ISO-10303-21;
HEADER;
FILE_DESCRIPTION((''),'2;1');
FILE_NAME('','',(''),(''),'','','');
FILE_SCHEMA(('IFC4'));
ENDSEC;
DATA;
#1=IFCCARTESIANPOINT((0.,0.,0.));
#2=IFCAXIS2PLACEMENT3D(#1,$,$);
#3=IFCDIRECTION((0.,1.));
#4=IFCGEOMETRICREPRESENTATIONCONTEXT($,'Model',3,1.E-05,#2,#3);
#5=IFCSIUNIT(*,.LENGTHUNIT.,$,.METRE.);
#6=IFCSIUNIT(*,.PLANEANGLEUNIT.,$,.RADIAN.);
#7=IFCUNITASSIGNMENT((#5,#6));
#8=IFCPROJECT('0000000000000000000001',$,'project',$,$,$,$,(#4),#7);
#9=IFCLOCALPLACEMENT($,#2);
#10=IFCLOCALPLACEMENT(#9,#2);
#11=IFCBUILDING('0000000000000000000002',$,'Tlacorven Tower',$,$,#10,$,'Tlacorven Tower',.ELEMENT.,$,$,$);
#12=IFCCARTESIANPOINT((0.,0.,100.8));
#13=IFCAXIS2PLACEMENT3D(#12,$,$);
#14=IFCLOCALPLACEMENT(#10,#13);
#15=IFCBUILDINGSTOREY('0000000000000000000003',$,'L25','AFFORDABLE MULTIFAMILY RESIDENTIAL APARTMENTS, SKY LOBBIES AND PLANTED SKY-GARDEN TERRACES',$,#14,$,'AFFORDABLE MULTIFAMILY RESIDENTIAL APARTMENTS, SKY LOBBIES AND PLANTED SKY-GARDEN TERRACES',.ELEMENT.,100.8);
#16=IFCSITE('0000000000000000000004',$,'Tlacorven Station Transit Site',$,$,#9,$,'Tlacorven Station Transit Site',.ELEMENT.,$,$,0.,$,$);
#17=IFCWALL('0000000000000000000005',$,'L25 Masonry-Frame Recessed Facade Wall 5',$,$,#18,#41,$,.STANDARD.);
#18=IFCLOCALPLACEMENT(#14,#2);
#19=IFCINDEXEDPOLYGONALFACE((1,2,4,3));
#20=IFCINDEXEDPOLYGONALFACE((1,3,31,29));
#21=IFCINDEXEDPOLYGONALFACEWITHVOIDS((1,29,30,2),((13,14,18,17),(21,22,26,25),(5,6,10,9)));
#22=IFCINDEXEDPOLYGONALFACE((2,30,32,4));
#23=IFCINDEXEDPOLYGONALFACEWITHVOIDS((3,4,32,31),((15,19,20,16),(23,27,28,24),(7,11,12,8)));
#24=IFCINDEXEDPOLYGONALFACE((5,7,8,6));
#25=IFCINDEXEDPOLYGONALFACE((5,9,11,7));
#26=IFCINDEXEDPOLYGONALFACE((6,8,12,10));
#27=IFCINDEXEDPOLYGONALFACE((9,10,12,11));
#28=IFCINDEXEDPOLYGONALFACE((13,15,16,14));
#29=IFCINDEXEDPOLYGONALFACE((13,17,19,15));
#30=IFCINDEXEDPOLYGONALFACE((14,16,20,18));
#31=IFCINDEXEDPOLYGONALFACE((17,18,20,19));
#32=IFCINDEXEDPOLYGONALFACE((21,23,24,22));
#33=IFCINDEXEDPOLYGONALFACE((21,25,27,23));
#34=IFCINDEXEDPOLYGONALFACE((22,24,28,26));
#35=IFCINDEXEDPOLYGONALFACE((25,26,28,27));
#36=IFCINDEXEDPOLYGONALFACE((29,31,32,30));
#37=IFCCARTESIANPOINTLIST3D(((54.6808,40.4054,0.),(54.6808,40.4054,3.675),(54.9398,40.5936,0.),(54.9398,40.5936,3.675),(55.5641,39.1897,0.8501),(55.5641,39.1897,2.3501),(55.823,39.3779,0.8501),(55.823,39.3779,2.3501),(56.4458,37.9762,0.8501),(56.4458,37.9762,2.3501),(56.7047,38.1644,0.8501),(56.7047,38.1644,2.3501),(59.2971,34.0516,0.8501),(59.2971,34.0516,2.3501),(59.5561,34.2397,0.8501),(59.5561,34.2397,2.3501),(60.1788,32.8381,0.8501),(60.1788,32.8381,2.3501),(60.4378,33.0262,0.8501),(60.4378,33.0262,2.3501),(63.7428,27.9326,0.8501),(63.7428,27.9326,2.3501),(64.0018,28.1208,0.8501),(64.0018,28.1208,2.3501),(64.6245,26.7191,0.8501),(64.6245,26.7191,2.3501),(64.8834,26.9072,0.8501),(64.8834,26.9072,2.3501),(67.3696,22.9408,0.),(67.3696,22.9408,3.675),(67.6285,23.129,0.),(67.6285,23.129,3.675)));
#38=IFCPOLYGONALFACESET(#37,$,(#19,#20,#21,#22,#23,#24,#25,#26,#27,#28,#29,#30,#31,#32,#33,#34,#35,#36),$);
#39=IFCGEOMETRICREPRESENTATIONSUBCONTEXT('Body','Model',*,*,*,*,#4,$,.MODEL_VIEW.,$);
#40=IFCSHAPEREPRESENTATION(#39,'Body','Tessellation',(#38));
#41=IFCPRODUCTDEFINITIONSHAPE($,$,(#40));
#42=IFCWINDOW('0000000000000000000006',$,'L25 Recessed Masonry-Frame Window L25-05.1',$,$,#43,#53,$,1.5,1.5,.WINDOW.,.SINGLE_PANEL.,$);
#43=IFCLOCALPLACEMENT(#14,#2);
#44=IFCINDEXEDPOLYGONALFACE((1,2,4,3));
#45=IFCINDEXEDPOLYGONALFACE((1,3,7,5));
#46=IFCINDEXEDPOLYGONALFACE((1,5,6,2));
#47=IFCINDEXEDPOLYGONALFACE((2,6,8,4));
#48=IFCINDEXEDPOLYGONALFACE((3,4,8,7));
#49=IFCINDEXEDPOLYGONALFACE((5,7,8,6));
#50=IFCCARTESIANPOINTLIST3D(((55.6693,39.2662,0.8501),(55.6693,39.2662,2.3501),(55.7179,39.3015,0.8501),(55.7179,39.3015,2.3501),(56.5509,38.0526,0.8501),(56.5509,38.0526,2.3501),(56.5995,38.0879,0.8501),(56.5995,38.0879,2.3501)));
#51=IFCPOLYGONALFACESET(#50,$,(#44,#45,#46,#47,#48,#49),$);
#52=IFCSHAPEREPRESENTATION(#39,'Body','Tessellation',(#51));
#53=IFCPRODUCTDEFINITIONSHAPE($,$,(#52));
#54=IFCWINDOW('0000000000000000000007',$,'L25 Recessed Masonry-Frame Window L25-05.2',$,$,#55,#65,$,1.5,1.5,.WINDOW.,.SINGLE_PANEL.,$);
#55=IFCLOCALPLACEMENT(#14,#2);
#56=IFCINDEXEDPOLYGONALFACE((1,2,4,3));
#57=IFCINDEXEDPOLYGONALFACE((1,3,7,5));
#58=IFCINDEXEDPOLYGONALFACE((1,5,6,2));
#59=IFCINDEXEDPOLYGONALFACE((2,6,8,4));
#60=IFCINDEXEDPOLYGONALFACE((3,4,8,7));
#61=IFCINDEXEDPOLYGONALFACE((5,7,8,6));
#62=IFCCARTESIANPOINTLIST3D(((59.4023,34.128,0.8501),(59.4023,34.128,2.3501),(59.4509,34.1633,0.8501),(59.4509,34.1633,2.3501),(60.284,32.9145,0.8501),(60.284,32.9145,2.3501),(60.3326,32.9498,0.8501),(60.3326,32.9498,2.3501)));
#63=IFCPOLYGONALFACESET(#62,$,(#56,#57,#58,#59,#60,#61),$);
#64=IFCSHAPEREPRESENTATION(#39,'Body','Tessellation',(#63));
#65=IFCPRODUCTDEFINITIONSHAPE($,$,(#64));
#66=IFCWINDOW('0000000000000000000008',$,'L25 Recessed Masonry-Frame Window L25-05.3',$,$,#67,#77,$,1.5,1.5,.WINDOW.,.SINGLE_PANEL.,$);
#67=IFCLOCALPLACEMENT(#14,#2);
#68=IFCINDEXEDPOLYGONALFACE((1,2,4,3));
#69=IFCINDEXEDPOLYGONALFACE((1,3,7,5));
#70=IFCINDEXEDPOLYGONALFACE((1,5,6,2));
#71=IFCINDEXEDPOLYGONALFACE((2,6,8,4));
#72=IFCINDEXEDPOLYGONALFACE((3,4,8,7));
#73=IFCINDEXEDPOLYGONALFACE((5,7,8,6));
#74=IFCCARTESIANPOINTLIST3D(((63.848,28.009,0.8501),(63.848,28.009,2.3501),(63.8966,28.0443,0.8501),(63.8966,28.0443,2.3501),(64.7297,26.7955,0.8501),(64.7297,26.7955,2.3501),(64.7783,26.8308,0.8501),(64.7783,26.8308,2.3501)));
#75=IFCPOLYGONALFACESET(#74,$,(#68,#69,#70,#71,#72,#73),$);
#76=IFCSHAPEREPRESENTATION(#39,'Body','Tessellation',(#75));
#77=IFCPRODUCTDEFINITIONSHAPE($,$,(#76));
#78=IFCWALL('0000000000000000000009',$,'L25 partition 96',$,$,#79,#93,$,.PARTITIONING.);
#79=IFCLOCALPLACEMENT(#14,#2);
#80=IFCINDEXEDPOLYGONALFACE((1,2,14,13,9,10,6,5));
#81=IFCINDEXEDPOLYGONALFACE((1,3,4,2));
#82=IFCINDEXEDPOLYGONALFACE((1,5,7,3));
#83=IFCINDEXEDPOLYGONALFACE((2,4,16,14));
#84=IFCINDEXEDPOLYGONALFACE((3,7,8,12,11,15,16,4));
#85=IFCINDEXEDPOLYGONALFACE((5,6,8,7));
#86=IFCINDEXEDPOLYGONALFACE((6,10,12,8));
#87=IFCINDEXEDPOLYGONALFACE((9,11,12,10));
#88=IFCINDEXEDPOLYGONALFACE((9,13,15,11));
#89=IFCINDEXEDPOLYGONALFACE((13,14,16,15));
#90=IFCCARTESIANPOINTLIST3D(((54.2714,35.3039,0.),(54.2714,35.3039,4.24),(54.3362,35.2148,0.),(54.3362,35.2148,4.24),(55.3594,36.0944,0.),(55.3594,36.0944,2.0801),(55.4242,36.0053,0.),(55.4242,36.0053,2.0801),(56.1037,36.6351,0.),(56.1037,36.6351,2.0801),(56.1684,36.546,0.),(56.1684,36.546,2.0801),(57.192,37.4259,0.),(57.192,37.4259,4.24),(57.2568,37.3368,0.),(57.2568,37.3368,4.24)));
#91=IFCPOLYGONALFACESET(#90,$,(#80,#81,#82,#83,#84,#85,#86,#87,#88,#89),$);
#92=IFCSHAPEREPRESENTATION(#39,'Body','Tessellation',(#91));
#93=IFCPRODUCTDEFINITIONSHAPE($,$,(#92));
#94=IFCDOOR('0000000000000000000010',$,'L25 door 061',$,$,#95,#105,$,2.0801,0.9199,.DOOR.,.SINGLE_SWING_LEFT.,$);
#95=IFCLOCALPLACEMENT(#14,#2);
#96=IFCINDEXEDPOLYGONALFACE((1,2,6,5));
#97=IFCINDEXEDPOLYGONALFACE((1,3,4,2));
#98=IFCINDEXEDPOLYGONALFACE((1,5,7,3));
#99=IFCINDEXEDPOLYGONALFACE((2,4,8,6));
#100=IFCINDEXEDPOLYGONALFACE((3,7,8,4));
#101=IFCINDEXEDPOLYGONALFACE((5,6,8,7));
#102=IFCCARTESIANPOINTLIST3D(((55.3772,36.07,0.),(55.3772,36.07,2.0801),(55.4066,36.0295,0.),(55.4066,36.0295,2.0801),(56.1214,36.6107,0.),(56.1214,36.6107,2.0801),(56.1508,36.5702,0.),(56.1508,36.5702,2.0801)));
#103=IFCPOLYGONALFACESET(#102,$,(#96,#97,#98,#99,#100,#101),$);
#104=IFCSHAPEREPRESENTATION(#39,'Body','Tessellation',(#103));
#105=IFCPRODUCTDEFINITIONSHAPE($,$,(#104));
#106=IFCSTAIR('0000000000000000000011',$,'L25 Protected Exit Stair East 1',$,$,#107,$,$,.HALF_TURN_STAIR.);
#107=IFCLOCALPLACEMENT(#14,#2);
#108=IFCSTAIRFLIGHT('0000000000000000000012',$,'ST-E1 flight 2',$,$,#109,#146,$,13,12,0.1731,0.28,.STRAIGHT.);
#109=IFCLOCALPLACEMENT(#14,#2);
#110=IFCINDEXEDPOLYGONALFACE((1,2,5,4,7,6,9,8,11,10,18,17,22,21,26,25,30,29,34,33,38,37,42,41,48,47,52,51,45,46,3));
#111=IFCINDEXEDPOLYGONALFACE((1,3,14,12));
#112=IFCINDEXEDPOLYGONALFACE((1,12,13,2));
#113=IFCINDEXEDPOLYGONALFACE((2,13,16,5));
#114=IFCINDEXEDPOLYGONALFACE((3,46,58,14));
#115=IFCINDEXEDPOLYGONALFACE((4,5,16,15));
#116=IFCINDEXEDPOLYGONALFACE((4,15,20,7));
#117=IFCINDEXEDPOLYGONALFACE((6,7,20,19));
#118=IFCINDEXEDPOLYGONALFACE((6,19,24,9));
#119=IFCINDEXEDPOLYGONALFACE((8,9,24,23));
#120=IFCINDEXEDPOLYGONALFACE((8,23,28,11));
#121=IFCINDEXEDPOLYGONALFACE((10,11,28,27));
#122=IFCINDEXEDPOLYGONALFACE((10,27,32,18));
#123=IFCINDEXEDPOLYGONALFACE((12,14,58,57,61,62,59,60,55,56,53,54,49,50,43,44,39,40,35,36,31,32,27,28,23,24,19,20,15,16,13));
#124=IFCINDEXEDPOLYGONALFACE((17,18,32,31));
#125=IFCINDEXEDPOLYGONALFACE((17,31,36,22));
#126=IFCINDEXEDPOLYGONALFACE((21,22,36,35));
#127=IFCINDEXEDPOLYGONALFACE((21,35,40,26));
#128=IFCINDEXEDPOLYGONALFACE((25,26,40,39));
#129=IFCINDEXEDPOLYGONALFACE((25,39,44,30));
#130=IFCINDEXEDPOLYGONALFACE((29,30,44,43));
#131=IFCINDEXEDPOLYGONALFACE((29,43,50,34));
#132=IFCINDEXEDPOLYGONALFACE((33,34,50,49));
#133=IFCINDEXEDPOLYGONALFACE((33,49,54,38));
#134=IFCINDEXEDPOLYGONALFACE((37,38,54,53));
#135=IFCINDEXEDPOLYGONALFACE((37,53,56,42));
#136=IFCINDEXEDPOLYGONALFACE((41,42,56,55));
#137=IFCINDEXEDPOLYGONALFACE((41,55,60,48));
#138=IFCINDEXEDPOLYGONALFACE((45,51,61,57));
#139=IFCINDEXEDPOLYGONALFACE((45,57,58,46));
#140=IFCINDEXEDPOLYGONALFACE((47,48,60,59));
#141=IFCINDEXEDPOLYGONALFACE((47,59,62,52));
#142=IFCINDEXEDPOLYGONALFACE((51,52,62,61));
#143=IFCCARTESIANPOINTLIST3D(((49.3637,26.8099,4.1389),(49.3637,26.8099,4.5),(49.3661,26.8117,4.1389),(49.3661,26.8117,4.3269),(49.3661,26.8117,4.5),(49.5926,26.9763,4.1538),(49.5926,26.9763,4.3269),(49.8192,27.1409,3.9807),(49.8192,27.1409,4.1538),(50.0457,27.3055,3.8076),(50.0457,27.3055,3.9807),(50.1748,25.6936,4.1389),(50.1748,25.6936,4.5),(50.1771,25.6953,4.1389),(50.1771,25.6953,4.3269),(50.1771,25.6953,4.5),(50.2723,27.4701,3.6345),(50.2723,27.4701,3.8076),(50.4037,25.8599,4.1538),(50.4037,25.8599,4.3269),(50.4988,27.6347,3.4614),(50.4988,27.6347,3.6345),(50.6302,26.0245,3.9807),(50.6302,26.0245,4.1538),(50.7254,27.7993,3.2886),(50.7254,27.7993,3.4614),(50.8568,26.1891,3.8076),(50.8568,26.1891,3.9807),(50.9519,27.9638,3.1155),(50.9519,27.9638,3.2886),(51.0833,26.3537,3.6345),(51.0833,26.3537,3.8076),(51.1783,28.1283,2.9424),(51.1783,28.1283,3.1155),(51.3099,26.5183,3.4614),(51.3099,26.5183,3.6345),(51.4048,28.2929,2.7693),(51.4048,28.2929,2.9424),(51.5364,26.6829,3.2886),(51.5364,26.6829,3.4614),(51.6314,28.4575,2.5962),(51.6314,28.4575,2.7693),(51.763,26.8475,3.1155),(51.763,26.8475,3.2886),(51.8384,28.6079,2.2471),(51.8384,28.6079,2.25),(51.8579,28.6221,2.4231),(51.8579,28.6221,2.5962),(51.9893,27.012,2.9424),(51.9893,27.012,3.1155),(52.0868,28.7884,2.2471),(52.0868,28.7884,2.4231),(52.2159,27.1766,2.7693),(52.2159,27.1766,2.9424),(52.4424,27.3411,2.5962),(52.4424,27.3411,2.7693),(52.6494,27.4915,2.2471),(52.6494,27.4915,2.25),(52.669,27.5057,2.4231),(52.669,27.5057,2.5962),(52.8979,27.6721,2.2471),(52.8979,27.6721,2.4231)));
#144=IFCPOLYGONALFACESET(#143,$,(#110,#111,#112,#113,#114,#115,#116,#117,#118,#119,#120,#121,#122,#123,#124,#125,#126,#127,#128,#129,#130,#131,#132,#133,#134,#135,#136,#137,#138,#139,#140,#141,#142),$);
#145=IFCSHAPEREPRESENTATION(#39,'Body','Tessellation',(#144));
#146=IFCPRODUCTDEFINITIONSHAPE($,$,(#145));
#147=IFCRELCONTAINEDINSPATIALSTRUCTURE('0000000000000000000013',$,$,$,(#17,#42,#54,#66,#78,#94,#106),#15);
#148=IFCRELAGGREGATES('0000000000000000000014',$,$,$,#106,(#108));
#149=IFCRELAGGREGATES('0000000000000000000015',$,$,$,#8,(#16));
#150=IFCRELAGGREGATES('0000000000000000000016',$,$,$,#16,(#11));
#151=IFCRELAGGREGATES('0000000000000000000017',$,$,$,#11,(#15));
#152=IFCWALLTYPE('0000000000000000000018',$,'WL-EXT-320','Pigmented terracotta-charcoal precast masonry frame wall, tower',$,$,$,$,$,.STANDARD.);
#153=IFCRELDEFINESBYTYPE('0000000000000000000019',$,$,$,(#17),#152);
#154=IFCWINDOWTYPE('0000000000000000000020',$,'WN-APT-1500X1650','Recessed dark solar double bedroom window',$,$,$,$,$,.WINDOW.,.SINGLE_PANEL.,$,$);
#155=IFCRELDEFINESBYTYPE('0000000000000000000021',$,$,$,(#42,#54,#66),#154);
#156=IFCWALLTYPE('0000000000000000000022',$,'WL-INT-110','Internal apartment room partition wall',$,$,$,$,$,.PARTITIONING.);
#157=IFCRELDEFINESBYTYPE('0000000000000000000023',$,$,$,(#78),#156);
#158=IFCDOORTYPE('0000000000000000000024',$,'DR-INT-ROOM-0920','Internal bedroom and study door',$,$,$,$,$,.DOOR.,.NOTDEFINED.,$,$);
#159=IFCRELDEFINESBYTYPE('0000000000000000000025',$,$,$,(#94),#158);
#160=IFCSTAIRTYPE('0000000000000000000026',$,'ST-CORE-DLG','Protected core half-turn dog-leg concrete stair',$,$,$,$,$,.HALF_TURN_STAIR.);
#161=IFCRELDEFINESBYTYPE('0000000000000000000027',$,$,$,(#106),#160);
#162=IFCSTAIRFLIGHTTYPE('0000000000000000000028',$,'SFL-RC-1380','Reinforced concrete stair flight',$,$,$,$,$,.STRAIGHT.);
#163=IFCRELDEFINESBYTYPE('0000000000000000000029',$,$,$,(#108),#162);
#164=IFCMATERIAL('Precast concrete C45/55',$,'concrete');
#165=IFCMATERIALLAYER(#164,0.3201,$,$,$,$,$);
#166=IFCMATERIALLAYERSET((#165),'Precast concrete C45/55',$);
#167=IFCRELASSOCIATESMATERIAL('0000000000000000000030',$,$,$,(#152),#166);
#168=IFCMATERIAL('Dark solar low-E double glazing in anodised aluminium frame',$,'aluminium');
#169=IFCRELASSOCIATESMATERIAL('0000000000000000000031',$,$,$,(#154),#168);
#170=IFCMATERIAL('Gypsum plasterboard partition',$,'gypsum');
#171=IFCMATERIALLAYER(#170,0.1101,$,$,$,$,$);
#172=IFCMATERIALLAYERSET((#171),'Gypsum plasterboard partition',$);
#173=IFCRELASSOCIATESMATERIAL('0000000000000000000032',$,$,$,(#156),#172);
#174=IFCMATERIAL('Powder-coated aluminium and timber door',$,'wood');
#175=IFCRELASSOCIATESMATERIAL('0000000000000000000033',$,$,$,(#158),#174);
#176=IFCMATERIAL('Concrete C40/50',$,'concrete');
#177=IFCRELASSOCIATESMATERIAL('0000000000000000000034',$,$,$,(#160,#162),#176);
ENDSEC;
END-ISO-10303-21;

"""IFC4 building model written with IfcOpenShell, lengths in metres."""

from ifc_helpers import new_model, si_unit, direction, frame, frame_2d, origin, place, context, subcontext, project, spatial, polyline, rectangle, outline, extrude, source, transform, mapped, material, layer, layer_set, type_object, element, fill, aggregate, save


model = new_model("IFC4")

# Units and contexts
model_context = context("Model", 3, precision=1e-05, world=origin(), true_north=direction((0.0, 1.0)))
body_context = subcontext(model_context, "Body", "Model", "MODEL_VIEW")
ifc_project = project(units=[si_unit("LENGTHUNIT", "METRE"), si_unit("PLANEANGLEUNIT", "RADIAN")], contexts=[model_context])

# Site, building, storey
site_placement = place(None, origin())
site = spatial("IfcSite", under=ifc_project, at=site_placement, Name="Tlacorven Station Transit Site", LongName="Tlacorven Station Transit Site", CompositionType="ELEMENT", RefElevation=0.0)
building_placement = place(site_placement, origin())
building = spatial("IfcBuilding", under=site, at=building_placement, Name="Tlacorven Tower", LongName="Tlacorven Tower", CompositionType="ELEMENT")
storey_placement = place(building_placement, frame((0.0, 0.0, 100.8)))
storey = spatial("IfcBuildingStorey", under=building, at=storey_placement, Name="L25", Description="AFFORDABLE MULTIFAMILY RESIDENTIAL APARTMENTS, SKY LOBBIES AND PLANTED SKY-GARDEN TERRACES", LongName="AFFORDABLE MULTIFAMILY RESIDENTIAL APARTMENTS, SKY LOBBIES AND PLANTED SKY-GARDEN TERRACES", CompositionType="ELEMENT", Elevation=100.8)

# Wall, openings, windows
ifc_material_1 = material(Name="Precast concrete C45/55", Category="concrete")
ifc_layer_1 = layer(ifc_material_1, 0.3201)
ifc_layer_set_1 = layer_set([ifc_layer_1], Name="Precast concrete C45/55")
wall_type_1 = type_object("IfcWallType", Name="WL-EXT-320", Description="Pigmented terracotta-charcoal precast masonry frame wall, tower", PredefinedType="STANDARD", material=ifc_layer_set_1)
wall_1_placement = place(storey_placement, frame((54.8103, 40.4995, 0.0), z_axis=(0.0, 0.0, 1.0), x_axis=(0.587784, -0.809018, 0.0)))
wall_1 = element("IfcWall", 1, at=wall_1_placement, inside=storey, type_object=wall_type_1, Name="L25 Masonry-Frame Recessed Facade Wall 5", PredefinedType="STANDARD", context=body_context, shape_type="SweptSolid", body=[
    extrude(rectangle(XDim=21.5874, YDim=0.3201, at=frame_2d((10.7937, 0.0))), origin(), (0.0, 0.0, 1.0), 3.675),
])
opening_1_placement = place(wall_1_placement, frame((1.5027, 0.0, 0.8501)))
opening_1 = element("IfcOpeningElement", 2, at=opening_1_placement, cuts=wall_1, PredefinedType="OPENING", context=body_context, shape_type="SweptSolid", body=[
    extrude(rectangle(XDim=1.5, YDim=1.5, at=frame_2d((0.75, 0.75))), frame((0.0, 0.1699, 0.0), z_axis=(0.0, -1.0, 0.0), x_axis=(1.0, 0.0, 0.0)), (0.0, 0.0, 1.0), 0.3401),
])
opening_2_placement = place(wall_1_placement, frame((7.8538, 0.0, 0.8501)))
opening_2 = element("IfcOpeningElement", 3, at=opening_2_placement, cuts=wall_1, PredefinedType="OPENING", context=body_context, shape_type="SweptSolid", body=[
    extrude(rectangle(XDim=1.5, YDim=1.5, at=frame_2d((0.75, 0.75))), frame((0.0, 0.1699, 0.0), z_axis=(0.0, -1.0, 0.0), x_axis=(1.0, 0.0, 0.0)), (0.0, 0.0, 1.0), 0.3401),
])
opening_3_placement = place(wall_1_placement, frame((15.4172, 0.0, 0.8501)))
opening_3 = element("IfcOpeningElement", 4, at=opening_3_placement, cuts=wall_1, PredefinedType="OPENING", context=body_context, shape_type="SweptSolid", body=[
    extrude(rectangle(XDim=1.5, YDim=1.5, at=frame_2d((0.75, 0.75))), frame((0.0, 0.1699, 0.0), z_axis=(0.0, -1.0, 0.0), x_axis=(1.0, 0.0, 0.0)), (0.0, 0.0, 1.0), 0.3401),
])
ifc_material_2 = material(Name="Dark solar low-E double glazing in anodised aluminium frame", Category="aluminium")
window_type = type_object("IfcWindowType", Name="WN-APT-1500X1650", Description="Recessed dark solar double bedroom window", PartitioningType="SINGLE_PANEL", PredefinedType="WINDOW", material=ifc_material_2)
shared_shape_1 = source(origin(), body_context, "Body", "SweptSolid", [
    extrude(rectangle(XDim=1.5, YDim=1.5, at=frame_2d((0.75, 0.75))), frame((0.0, 0.03, 0.0), z_axis=(0.0, -1.0, 0.0), x_axis=(1.0, 0.0, 0.0)), (0.0, 0.0, 1.0), 0.0601),
])
window_1_placement = place(opening_1_placement, origin())
window_1 = element("IfcWindow", 5, at=window_1_placement, inside=storey, type_object=window_type, Name="L25 Recessed Masonry-Frame Window L25-05.1", OverallHeight=1.5, OverallWidth=1.5, PartitioningType="SINGLE_PANEL", PredefinedType="WINDOW", context=body_context, shape_type="MappedRepresentation", body=[
    mapped(shared_shape_1, transform((0.0, 0.0, 0.0), scale=1.0)),
])
fill(opening_1, window_1)
window_2_placement = place(opening_2_placement, origin())
window_2 = element("IfcWindow", 6, at=window_2_placement, inside=storey, type_object=window_type, Name="L25 Recessed Masonry-Frame Window L25-05.2", OverallHeight=1.5, OverallWidth=1.5, PartitioningType="SINGLE_PANEL", PredefinedType="WINDOW", context=body_context, shape_type="MappedRepresentation", body=[
    mapped(shared_shape_1, transform((0.0, 0.0, 0.0), scale=1.0)),
])
fill(opening_2, window_2)
window_3_placement = place(opening_3_placement, origin())
window_3 = element("IfcWindow", 7, at=window_3_placement, inside=storey, type_object=window_type, Name="L25 Recessed Masonry-Frame Window L25-05.3", OverallHeight=1.5, OverallWidth=1.5, PartitioningType="SINGLE_PANEL", PredefinedType="WINDOW", context=body_context, shape_type="MappedRepresentation", body=[
    mapped(shared_shape_1, transform((0.0, 0.0, 0.0), scale=1.0)),
])
fill(opening_3, window_3)

# Wall, opening, door
ifc_material_3 = material(Name="Gypsum plasterboard partition", Category="gypsum")
ifc_layer_2 = layer(ifc_material_3, 0.1101)
ifc_layer_set_2 = layer_set([ifc_layer_2], Name="Gypsum plasterboard partition")
wall_type_2 = type_object("IfcWallType", Name="WL-INT-110", Description="Internal apartment room partition wall", PredefinedType="PARTITIONING", material=ifc_layer_set_2)
wall_2_placement = place(storey_placement, frame((54.3037, 35.2593, 0.0), z_axis=(0.0, 0.0, 1.0), x_axis=(0.809005, 0.587802, 0.0)))
wall_2 = element("IfcWall", 8, at=wall_2_placement, inside=storey, type_object=wall_type_2, Name="L25 partition 96", PredefinedType="PARTITIONING", context=body_context, shape_type="SweptSolid", body=[
    extrude(rectangle(XDim=3.6101, YDim=0.1101, at=frame_2d((1.8052, 0.0))), origin(), (0.0, 0.0, 1.0), 4.24),
])
opening_4_placement = place(wall_2_placement, frame((1.345, 0.0, 0.0)))
opening_4 = element("IfcOpeningElement", 9, at=opening_4_placement, cuts=wall_2, PredefinedType="OPENING", context=body_context, shape_type="SweptSolid", body=[
    extrude(rectangle(XDim=0.9199, YDim=2.0801, at=frame_2d((0.46, 1.04))), frame((0.0, 0.0649, 0.0), z_axis=(0.0, -1.0, 0.0), x_axis=(1.0, 0.0, 0.0)), (0.0, 0.0, 1.0), 0.1301),
])
ifc_material_4 = material(Name="Powder-coated aluminium and timber door", Category="wood")
door_type_1 = type_object("IfcDoorType", Name="DR-INT-ROOM-0920", Description="Internal bedroom and study door", OperationType="NOTDEFINED", PredefinedType="DOOR", material=ifc_material_4)
shared_shape_2 = source(origin(), body_context, "Body", "SweptSolid", [
    extrude(rectangle(XDim=0.9199, YDim=2.0801, at=frame_2d((0.46, 1.04))), frame((0.0, 0.0249, 0.0), z_axis=(0.0, -1.0, 0.0), x_axis=(1.0, 0.0, 0.0)), (0.0, 0.0, 1.0), 0.05),
])
door_1_placement = place(opening_4_placement, origin())
door_1 = element("IfcDoor", 10, at=door_1_placement, inside=storey, type_object=door_type_1, Name="L25 door 061", OperationType="SINGLE_SWING_LEFT", OverallHeight=2.0801, OverallWidth=0.9199, PredefinedType="DOOR", context=body_context, shape_type="MappedRepresentation", body=[
    mapped(shared_shape_2, transform((0.0, 0.0, 0.0), scale=1.0)),
])
fill(opening_4, door_1)

# Stair, stair flight
ifc_material_5 = material(Name="Concrete C40/50", Category="concrete")
stair_type = type_object("IfcStairType", Name="ST-CORE-DLG", Description="Protected core half-turn dog-leg concrete stair", PredefinedType="HALF_TURN_STAIR", material=ifc_material_5)
stair_placement = place(storey_placement, origin())
stair = element("IfcStair", 11, at=stair_placement, inside=storey, type_object=stair_type, Name="L25 Protected Exit Stair East 1", PredefinedType="HALF_TURN_STAIR")
stair_flight_type = type_object("IfcStairFlightType", Name="SFL-RC-1380", Description="Reinforced concrete stair flight", PredefinedType="STRAIGHT", material=ifc_material_5)
shared_shape_3 = source(origin(), body_context, "Body", "SweptSolid", [
    extrude(outline(polyline([(-0.0029, -0.0029), (-0.0029, 0.1731), (0.28, 0.1731), (0.28, 0.3462), (0.5601, 0.3462), (0.5601, 0.5193), (0.8401, 0.5193), (0.8401, 0.6924), (1.1201, 0.6924), (1.1201, 0.8655), (1.3999, 0.8655), (1.3999, 1.0386), (1.6799, 1.0386), (1.6799, 1.2114), (1.96, 1.2114), (1.96, 1.3845), (2.24, 1.3845), (2.24, 1.5576), (2.52, 1.5576), (2.52, 1.7307), (2.8, 1.7307), (2.8, 1.9038), (3.0801, 1.9038), (3.0801, 2.0769), (3.3601, 2.0769), (3.3601, 2.25), (3.363, 2.25), (3.363, 1.8889), (3.3601, 1.8889), (0.3042, 0.0), (0.3042, -0.0029), (-0.0029, -0.0029)])), frame((0.0, 0.6899, 0.0), z_axis=(0.0, -1.0, 0.0), x_axis=(1.0, 0.0, 0.0)), (0.0, 0.0, 1.0), 1.3799),
])
stair_flight_placement = place(storey_placement, frame((52.49, 28.2285, 2.25), z_axis=(0.0, 0.0, 1.0), x_axis=(-0.809017, -0.587785, 0.0)))
stair_flight = element("IfcStairFlight", 12, at=stair_flight_placement, type_object=stair_flight_type, Name="ST-E1 flight 2", NumberOfRisers=13, NumberOfTreads=12, PredefinedType="STRAIGHT", RiserHeight=0.1731, TreadLength=0.28, context=body_context, shape_type="MappedRepresentation", body=[
    mapped(shared_shape_3, transform((0.0, 0.0, 0.0), scale=1.0)),
])
aggregate(stair, [stair_flight])

save(model, "model.ifc")
